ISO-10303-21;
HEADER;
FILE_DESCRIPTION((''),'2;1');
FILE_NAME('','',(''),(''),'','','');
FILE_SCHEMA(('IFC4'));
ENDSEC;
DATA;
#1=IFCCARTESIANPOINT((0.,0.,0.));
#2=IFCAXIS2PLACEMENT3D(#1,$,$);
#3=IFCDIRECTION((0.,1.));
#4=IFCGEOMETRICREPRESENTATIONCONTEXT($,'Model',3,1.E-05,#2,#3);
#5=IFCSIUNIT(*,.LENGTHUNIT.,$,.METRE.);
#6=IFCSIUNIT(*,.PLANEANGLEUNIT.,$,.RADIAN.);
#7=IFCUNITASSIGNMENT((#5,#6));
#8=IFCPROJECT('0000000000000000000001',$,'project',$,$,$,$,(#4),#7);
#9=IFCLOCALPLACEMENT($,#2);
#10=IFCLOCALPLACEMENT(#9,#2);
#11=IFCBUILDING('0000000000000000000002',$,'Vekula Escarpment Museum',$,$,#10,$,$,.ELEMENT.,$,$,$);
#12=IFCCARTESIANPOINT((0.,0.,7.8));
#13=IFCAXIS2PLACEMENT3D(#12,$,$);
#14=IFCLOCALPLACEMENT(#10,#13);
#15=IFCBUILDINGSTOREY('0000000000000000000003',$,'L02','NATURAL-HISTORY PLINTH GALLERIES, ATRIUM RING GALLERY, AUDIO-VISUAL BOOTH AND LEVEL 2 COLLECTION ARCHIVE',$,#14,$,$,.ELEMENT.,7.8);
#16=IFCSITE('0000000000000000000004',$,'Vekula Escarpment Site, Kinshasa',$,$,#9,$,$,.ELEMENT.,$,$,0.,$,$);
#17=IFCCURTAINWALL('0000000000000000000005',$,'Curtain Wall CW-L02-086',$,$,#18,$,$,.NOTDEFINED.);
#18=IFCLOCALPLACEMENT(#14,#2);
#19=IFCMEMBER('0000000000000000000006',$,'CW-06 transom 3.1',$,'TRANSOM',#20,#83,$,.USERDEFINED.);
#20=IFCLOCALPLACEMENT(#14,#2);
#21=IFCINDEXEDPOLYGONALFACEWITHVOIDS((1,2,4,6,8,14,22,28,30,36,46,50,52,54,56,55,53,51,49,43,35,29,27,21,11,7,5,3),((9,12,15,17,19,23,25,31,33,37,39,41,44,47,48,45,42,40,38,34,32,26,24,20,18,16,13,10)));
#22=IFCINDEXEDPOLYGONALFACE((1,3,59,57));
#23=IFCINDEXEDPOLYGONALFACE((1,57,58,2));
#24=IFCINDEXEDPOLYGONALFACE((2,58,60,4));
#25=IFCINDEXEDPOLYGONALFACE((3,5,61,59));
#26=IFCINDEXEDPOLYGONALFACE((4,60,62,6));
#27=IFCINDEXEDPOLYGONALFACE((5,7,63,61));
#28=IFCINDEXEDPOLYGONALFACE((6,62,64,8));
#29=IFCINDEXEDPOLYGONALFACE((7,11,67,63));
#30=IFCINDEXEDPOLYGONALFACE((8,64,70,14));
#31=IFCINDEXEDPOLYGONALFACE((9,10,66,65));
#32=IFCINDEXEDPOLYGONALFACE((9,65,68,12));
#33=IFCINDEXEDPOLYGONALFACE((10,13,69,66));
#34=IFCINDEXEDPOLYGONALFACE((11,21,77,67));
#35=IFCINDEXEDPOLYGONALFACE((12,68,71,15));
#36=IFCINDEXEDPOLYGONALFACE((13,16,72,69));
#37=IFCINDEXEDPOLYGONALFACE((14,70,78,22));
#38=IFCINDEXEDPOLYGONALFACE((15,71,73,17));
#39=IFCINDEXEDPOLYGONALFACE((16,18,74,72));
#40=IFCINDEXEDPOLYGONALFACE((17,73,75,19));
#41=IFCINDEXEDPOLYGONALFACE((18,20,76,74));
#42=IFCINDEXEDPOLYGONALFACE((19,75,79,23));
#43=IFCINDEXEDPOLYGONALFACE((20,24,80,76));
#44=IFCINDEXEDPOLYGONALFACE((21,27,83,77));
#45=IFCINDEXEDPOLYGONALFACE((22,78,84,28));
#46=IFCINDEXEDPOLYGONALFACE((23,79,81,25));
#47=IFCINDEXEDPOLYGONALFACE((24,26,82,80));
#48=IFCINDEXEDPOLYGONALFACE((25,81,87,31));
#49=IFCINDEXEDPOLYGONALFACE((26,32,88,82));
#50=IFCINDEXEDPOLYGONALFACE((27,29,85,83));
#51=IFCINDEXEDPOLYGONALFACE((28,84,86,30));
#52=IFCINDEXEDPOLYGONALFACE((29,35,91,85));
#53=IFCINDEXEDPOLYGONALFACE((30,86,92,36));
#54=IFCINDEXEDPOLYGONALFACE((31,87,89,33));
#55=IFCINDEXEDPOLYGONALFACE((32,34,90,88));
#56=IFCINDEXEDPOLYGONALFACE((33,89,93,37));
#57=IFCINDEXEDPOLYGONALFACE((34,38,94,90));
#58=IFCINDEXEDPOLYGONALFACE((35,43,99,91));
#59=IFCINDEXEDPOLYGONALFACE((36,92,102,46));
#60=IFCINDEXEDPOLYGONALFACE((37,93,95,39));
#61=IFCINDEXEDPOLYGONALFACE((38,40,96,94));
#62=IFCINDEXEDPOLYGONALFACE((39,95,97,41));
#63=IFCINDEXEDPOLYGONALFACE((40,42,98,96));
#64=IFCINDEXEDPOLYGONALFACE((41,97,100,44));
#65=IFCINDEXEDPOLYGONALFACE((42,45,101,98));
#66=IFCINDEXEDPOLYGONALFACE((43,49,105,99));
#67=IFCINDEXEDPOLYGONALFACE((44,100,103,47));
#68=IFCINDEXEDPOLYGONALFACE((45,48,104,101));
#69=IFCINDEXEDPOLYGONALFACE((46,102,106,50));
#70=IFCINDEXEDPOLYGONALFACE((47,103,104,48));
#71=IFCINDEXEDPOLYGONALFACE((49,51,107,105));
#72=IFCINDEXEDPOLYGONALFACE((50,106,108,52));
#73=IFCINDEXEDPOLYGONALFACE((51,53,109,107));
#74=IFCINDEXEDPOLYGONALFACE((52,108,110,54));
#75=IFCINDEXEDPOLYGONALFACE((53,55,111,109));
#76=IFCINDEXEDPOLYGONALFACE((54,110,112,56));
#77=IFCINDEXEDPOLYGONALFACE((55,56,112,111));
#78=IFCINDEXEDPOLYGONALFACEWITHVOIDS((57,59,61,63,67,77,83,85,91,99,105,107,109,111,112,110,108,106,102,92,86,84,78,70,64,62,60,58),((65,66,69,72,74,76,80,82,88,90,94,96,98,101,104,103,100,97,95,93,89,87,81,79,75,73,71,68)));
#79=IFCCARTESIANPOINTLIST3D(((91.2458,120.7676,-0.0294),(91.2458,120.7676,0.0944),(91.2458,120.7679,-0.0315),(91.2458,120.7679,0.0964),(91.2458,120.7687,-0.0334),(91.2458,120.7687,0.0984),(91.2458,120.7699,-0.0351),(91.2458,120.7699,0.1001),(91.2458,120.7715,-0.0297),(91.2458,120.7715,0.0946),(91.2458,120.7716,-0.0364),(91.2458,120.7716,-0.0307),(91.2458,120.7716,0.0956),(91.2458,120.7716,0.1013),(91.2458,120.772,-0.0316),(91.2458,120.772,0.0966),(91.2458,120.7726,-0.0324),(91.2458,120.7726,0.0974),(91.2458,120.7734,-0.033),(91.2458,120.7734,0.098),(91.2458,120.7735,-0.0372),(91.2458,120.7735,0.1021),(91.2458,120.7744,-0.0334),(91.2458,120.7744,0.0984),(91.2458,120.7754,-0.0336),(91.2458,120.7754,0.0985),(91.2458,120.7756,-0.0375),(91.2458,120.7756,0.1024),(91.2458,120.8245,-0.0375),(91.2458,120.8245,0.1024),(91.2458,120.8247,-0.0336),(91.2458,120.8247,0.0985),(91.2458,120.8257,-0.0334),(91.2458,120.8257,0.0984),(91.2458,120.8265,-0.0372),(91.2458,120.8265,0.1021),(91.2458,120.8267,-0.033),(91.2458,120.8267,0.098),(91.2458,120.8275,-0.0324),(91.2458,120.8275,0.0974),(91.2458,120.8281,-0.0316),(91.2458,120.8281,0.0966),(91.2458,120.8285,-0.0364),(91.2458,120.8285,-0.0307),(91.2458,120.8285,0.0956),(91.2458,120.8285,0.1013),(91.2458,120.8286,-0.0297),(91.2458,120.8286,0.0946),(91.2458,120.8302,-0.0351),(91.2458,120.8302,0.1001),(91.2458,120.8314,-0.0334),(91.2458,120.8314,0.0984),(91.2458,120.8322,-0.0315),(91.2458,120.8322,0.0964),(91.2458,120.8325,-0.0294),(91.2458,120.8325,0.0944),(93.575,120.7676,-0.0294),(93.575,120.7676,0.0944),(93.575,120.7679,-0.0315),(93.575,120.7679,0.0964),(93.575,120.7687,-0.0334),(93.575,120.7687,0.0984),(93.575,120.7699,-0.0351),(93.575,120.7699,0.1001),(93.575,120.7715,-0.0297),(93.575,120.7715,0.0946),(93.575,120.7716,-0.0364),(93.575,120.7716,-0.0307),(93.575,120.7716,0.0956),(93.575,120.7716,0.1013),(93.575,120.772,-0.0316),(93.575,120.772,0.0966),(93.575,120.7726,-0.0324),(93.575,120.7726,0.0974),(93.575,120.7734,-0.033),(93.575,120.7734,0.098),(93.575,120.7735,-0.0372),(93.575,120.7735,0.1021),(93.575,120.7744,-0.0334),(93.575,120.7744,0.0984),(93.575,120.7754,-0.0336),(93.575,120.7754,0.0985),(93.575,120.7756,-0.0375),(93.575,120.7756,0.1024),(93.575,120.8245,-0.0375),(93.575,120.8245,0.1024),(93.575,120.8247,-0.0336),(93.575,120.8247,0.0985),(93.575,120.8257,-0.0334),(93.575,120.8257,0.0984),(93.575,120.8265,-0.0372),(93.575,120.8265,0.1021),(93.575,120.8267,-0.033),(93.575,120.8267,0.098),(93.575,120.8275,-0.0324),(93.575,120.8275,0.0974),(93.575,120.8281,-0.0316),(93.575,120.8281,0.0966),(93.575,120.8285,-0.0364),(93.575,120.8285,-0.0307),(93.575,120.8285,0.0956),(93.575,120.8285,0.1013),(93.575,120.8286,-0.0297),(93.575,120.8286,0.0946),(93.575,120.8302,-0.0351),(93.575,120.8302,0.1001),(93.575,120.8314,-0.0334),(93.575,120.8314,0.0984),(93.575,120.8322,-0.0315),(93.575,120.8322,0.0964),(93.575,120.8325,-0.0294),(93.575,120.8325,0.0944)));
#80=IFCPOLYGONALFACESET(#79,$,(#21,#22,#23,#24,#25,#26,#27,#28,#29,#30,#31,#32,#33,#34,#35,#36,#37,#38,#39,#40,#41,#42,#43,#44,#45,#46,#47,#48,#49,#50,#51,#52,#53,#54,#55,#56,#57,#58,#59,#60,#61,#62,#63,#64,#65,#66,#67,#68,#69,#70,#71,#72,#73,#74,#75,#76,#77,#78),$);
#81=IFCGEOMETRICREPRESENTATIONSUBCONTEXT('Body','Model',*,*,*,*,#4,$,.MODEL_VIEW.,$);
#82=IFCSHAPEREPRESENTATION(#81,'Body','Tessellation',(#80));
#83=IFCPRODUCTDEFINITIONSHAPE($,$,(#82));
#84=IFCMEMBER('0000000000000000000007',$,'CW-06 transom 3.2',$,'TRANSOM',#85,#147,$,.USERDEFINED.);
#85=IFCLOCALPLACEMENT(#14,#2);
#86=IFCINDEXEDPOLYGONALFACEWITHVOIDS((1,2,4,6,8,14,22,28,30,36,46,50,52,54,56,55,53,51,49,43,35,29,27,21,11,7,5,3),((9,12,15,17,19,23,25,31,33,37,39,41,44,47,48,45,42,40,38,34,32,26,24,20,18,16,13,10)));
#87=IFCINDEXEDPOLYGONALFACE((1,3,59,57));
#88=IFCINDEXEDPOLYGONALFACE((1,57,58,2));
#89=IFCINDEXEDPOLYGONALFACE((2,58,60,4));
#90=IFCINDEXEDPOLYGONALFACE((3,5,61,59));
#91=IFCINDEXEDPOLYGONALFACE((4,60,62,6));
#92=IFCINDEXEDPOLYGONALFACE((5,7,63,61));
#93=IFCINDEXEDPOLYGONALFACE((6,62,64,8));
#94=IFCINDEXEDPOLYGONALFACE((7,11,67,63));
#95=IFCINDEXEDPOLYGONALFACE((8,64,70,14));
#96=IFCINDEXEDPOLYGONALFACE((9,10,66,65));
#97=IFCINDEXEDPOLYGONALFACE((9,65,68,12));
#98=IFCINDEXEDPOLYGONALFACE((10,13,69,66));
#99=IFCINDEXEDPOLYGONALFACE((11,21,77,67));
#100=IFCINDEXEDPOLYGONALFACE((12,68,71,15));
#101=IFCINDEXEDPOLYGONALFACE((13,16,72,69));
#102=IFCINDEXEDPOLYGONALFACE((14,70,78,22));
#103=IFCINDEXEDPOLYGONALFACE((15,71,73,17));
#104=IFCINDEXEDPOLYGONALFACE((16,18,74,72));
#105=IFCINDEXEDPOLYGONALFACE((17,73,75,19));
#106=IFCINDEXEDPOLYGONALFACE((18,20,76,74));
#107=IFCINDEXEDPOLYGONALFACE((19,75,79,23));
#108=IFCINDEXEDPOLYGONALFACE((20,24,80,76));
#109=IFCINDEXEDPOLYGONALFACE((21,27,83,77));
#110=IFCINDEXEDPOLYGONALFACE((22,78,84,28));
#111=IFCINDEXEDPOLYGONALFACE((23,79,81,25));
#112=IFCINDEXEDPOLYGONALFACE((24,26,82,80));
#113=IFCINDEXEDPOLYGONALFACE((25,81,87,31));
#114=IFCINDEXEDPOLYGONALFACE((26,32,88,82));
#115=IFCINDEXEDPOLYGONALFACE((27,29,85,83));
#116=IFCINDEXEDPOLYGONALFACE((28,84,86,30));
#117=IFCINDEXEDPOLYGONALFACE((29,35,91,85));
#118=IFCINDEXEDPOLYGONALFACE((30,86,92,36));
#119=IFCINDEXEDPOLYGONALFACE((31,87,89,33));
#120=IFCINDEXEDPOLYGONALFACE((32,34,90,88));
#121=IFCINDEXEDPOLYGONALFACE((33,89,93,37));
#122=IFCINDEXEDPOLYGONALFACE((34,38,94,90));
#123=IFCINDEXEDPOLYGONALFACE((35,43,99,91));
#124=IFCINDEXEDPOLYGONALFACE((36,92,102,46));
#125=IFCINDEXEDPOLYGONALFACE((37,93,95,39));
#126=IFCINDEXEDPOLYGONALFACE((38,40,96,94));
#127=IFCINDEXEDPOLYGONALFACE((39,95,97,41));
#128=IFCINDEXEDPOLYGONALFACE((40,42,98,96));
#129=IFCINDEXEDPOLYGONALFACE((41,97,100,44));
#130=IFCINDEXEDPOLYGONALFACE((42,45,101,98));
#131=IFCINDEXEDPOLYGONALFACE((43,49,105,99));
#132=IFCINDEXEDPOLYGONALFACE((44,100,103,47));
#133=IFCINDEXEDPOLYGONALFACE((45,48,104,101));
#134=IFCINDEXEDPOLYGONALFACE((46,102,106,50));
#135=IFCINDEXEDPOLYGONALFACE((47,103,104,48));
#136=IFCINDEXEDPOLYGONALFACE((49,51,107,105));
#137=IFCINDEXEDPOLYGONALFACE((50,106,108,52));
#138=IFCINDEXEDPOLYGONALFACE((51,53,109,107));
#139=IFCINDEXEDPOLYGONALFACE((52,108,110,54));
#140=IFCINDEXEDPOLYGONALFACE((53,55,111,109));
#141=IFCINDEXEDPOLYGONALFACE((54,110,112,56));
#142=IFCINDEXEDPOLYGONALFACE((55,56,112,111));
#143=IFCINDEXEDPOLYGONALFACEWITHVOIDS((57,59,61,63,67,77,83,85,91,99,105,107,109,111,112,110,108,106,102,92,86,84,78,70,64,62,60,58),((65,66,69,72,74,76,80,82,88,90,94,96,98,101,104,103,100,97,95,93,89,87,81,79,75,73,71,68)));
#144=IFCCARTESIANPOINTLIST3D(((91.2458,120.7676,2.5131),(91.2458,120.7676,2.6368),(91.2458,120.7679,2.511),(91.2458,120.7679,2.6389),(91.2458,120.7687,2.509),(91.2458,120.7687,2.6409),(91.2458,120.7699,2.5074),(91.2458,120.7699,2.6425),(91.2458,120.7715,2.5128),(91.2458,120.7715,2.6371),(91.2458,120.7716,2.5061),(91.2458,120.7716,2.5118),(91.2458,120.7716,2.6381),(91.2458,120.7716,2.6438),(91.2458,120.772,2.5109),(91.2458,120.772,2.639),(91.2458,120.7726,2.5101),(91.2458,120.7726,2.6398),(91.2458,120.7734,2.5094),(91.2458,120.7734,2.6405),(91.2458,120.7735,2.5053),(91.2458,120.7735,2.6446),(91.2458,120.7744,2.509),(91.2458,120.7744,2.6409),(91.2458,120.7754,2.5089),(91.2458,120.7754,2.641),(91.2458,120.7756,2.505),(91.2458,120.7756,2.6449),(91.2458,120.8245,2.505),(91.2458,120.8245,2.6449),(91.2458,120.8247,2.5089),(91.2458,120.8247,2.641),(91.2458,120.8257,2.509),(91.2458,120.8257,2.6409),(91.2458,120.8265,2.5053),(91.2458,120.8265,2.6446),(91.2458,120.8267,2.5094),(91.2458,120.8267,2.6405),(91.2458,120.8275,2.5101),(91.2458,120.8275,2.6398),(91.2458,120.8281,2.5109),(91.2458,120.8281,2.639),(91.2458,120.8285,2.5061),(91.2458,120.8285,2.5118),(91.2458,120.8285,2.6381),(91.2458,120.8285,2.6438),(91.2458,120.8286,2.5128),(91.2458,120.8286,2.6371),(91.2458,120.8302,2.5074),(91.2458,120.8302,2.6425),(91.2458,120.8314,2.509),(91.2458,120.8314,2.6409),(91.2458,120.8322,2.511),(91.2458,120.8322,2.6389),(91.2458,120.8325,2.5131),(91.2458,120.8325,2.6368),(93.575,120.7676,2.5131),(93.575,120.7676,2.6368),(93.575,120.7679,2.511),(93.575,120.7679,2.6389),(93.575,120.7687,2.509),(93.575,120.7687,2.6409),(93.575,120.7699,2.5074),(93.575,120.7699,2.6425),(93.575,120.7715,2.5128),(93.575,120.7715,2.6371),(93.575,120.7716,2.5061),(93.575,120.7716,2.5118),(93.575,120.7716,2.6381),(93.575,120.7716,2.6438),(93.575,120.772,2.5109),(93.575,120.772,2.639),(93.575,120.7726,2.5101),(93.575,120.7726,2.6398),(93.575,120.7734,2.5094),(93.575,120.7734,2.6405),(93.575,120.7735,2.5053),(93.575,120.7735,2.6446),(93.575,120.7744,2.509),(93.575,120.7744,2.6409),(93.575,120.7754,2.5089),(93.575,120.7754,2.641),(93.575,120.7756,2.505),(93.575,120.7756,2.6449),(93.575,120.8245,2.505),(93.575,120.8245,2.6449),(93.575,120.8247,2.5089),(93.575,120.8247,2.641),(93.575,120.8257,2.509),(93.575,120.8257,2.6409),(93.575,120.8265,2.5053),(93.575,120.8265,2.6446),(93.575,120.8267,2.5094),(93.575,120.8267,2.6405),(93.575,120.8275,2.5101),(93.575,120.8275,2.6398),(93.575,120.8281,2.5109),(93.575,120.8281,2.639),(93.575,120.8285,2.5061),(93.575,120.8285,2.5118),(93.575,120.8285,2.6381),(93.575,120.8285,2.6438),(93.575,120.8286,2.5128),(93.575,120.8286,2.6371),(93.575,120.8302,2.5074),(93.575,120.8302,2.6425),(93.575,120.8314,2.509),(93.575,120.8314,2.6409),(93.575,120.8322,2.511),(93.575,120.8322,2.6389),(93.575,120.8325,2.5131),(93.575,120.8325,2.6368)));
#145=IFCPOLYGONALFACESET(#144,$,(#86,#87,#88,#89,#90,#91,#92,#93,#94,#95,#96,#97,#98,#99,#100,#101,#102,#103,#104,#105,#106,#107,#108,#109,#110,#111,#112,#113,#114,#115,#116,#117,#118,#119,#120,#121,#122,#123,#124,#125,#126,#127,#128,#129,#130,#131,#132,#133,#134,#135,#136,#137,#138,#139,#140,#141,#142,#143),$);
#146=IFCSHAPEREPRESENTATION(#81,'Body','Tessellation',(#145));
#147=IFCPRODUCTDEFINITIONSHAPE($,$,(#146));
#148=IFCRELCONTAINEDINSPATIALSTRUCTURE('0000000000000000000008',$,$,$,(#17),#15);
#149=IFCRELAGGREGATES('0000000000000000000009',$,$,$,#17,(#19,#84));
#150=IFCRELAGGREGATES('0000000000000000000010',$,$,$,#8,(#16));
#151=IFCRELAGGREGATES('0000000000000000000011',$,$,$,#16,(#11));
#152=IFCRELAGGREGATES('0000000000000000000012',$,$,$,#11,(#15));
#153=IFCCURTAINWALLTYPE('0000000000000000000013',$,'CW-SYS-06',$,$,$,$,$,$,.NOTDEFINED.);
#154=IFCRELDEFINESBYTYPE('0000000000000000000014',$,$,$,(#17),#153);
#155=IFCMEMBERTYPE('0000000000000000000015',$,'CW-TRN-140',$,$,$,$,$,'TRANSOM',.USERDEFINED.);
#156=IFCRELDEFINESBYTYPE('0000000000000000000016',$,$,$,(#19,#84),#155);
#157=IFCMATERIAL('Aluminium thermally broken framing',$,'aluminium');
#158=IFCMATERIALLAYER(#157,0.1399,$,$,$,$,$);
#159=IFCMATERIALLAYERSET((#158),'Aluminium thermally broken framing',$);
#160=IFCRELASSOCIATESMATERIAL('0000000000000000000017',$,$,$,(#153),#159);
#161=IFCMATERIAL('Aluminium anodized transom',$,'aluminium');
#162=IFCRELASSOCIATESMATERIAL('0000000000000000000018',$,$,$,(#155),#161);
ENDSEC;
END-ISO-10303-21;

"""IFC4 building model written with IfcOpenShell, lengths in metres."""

from ifc_helpers import new_model, si_unit, direction, frame, origin, origin_2d, place, context, subcontext, project, spatial, hollow_rectangle, extrude, material, layer, layer_set, material_profile, profile_set, type_object, element, aggregate, save


model = new_model("IFC4")

# Units and contexts
model_context = context("Model", 3, precision=1e-05, world=origin(), true_north=direction((0.0, 1.0)))
body_context = subcontext(model_context, "Body", "Model", "MODEL_VIEW")
ifc_project = project(units=[si_unit("LENGTHUNIT", "METRE"), si_unit("PLANEANGLEUNIT", "RADIAN")], contexts=[model_context])

# Site, building, storey
site_placement = place(None, origin())
site = spatial("IfcSite", under=ifc_project, at=site_placement, Name="Vekula Escarpment Site, Kinshasa", CompositionType="ELEMENT", RefElevation=0.0)
building_placement = place(site_placement, origin())
building = spatial("IfcBuilding", under=site, at=building_placement, Name="Vekula Escarpment Museum", CompositionType="ELEMENT")
storey_placement = place(building_placement, frame((0.0, 0.0, 7.8)))
storey = spatial("IfcBuildingStorey", under=building, at=storey_placement, Name="L02", Description="NATURAL-HISTORY PLINTH GALLERIES, ATRIUM RING GALLERY, AUDIO-VISUAL BOOTH AND LEVEL 2 COLLECTION ARCHIVE", CompositionType="ELEMENT", Elevation=7.8)

# Curtain wall, members
ifc_material_1 = material(Name="Aluminium thermally broken framing", Category="aluminium")
ifc_layer_1 = layer(ifc_material_1, 0.1399)
ifc_layer_set_1 = layer_set([ifc_layer_1], Name="Aluminium thermally broken framing")
curtain_wall_type = type_object("IfcCurtainWallType", Name="CW-SYS-06", PredefinedType="NOTDEFINED", material=ifc_layer_set_1)
curtain_wall_placement = place(storey_placement, origin())
curtain_wall = element("IfcCurtainWall", 1, at=curtain_wall_placement, inside=storey, type_object=curtain_wall_type, Name="Curtain Wall CW-L02-086", PredefinedType="NOTDEFINED")
ifc_material_2 = material(Name="Aluminium anodized transom", Category="aluminium")
ifc_material_profile_1 = material_profile(ifc_material_2, hollow_rectangle(XDim=0.0649, YDim=0.1399, WallThickness=0.0039, InnerFilletRadius=0.0039, OuterFilletRadius=0.0081, at=origin_2d()), Name="ALU 140x65x4")
ifc_profile_set_1 = profile_set([ifc_material_profile_1], Name="Aluminium anodized transom")
member_type_1 = type_object("IfcMemberType", Name="CW-TRN-140", ElementType="TRANSOM", PredefinedType="USERDEFINED", material=ifc_profile_set_1)
member_1_placement = place(storey_placement, frame((91.2458, 120.8, 0.0325), z_axis=(1.0, 0.0, 0.0), x_axis=(0.0, 1.0, 0.0)))
member_1 = element("IfcMember", 2, at=member_1_placement, type_object=member_type_1, Name="CW-06 transom 3.1", ObjectType="TRANSOM", PredefinedType="USERDEFINED", context=body_context, shape_type="SweptSolid", body=[
    extrude(hollow_rectangle(XDim=0.0649, YDim=0.1399, WallThickness=0.0039, InnerFilletRadius=0.0039, OuterFilletRadius=0.0081, at=origin_2d()), origin(), (0.0, 0.0, 1.0), 2.3291),
])
member_2_placement = place(storey_placement, frame((91.2458, 120.8, 2.575), z_axis=(1.0, 0.0, 0.0), x_axis=(0.0, 1.0, 0.0)))
member_2 = element("IfcMember", 3, at=member_2_placement, type_object=member_type_1, Name="CW-06 transom 3.2", ObjectType="TRANSOM", PredefinedType="USERDEFINED", context=body_context, shape_type="SweptSolid", body=[
    extrude(hollow_rectangle(XDim=0.0649, YDim=0.1399, WallThickness=0.0039, InnerFilletRadius=0.0039, OuterFilletRadius=0.0081, at=origin_2d()), origin(), (0.0, 0.0, 1.0), 2.3291),
])
aggregate(curtain_wall, [member_1, member_2])

save(model, "model.ifc")
